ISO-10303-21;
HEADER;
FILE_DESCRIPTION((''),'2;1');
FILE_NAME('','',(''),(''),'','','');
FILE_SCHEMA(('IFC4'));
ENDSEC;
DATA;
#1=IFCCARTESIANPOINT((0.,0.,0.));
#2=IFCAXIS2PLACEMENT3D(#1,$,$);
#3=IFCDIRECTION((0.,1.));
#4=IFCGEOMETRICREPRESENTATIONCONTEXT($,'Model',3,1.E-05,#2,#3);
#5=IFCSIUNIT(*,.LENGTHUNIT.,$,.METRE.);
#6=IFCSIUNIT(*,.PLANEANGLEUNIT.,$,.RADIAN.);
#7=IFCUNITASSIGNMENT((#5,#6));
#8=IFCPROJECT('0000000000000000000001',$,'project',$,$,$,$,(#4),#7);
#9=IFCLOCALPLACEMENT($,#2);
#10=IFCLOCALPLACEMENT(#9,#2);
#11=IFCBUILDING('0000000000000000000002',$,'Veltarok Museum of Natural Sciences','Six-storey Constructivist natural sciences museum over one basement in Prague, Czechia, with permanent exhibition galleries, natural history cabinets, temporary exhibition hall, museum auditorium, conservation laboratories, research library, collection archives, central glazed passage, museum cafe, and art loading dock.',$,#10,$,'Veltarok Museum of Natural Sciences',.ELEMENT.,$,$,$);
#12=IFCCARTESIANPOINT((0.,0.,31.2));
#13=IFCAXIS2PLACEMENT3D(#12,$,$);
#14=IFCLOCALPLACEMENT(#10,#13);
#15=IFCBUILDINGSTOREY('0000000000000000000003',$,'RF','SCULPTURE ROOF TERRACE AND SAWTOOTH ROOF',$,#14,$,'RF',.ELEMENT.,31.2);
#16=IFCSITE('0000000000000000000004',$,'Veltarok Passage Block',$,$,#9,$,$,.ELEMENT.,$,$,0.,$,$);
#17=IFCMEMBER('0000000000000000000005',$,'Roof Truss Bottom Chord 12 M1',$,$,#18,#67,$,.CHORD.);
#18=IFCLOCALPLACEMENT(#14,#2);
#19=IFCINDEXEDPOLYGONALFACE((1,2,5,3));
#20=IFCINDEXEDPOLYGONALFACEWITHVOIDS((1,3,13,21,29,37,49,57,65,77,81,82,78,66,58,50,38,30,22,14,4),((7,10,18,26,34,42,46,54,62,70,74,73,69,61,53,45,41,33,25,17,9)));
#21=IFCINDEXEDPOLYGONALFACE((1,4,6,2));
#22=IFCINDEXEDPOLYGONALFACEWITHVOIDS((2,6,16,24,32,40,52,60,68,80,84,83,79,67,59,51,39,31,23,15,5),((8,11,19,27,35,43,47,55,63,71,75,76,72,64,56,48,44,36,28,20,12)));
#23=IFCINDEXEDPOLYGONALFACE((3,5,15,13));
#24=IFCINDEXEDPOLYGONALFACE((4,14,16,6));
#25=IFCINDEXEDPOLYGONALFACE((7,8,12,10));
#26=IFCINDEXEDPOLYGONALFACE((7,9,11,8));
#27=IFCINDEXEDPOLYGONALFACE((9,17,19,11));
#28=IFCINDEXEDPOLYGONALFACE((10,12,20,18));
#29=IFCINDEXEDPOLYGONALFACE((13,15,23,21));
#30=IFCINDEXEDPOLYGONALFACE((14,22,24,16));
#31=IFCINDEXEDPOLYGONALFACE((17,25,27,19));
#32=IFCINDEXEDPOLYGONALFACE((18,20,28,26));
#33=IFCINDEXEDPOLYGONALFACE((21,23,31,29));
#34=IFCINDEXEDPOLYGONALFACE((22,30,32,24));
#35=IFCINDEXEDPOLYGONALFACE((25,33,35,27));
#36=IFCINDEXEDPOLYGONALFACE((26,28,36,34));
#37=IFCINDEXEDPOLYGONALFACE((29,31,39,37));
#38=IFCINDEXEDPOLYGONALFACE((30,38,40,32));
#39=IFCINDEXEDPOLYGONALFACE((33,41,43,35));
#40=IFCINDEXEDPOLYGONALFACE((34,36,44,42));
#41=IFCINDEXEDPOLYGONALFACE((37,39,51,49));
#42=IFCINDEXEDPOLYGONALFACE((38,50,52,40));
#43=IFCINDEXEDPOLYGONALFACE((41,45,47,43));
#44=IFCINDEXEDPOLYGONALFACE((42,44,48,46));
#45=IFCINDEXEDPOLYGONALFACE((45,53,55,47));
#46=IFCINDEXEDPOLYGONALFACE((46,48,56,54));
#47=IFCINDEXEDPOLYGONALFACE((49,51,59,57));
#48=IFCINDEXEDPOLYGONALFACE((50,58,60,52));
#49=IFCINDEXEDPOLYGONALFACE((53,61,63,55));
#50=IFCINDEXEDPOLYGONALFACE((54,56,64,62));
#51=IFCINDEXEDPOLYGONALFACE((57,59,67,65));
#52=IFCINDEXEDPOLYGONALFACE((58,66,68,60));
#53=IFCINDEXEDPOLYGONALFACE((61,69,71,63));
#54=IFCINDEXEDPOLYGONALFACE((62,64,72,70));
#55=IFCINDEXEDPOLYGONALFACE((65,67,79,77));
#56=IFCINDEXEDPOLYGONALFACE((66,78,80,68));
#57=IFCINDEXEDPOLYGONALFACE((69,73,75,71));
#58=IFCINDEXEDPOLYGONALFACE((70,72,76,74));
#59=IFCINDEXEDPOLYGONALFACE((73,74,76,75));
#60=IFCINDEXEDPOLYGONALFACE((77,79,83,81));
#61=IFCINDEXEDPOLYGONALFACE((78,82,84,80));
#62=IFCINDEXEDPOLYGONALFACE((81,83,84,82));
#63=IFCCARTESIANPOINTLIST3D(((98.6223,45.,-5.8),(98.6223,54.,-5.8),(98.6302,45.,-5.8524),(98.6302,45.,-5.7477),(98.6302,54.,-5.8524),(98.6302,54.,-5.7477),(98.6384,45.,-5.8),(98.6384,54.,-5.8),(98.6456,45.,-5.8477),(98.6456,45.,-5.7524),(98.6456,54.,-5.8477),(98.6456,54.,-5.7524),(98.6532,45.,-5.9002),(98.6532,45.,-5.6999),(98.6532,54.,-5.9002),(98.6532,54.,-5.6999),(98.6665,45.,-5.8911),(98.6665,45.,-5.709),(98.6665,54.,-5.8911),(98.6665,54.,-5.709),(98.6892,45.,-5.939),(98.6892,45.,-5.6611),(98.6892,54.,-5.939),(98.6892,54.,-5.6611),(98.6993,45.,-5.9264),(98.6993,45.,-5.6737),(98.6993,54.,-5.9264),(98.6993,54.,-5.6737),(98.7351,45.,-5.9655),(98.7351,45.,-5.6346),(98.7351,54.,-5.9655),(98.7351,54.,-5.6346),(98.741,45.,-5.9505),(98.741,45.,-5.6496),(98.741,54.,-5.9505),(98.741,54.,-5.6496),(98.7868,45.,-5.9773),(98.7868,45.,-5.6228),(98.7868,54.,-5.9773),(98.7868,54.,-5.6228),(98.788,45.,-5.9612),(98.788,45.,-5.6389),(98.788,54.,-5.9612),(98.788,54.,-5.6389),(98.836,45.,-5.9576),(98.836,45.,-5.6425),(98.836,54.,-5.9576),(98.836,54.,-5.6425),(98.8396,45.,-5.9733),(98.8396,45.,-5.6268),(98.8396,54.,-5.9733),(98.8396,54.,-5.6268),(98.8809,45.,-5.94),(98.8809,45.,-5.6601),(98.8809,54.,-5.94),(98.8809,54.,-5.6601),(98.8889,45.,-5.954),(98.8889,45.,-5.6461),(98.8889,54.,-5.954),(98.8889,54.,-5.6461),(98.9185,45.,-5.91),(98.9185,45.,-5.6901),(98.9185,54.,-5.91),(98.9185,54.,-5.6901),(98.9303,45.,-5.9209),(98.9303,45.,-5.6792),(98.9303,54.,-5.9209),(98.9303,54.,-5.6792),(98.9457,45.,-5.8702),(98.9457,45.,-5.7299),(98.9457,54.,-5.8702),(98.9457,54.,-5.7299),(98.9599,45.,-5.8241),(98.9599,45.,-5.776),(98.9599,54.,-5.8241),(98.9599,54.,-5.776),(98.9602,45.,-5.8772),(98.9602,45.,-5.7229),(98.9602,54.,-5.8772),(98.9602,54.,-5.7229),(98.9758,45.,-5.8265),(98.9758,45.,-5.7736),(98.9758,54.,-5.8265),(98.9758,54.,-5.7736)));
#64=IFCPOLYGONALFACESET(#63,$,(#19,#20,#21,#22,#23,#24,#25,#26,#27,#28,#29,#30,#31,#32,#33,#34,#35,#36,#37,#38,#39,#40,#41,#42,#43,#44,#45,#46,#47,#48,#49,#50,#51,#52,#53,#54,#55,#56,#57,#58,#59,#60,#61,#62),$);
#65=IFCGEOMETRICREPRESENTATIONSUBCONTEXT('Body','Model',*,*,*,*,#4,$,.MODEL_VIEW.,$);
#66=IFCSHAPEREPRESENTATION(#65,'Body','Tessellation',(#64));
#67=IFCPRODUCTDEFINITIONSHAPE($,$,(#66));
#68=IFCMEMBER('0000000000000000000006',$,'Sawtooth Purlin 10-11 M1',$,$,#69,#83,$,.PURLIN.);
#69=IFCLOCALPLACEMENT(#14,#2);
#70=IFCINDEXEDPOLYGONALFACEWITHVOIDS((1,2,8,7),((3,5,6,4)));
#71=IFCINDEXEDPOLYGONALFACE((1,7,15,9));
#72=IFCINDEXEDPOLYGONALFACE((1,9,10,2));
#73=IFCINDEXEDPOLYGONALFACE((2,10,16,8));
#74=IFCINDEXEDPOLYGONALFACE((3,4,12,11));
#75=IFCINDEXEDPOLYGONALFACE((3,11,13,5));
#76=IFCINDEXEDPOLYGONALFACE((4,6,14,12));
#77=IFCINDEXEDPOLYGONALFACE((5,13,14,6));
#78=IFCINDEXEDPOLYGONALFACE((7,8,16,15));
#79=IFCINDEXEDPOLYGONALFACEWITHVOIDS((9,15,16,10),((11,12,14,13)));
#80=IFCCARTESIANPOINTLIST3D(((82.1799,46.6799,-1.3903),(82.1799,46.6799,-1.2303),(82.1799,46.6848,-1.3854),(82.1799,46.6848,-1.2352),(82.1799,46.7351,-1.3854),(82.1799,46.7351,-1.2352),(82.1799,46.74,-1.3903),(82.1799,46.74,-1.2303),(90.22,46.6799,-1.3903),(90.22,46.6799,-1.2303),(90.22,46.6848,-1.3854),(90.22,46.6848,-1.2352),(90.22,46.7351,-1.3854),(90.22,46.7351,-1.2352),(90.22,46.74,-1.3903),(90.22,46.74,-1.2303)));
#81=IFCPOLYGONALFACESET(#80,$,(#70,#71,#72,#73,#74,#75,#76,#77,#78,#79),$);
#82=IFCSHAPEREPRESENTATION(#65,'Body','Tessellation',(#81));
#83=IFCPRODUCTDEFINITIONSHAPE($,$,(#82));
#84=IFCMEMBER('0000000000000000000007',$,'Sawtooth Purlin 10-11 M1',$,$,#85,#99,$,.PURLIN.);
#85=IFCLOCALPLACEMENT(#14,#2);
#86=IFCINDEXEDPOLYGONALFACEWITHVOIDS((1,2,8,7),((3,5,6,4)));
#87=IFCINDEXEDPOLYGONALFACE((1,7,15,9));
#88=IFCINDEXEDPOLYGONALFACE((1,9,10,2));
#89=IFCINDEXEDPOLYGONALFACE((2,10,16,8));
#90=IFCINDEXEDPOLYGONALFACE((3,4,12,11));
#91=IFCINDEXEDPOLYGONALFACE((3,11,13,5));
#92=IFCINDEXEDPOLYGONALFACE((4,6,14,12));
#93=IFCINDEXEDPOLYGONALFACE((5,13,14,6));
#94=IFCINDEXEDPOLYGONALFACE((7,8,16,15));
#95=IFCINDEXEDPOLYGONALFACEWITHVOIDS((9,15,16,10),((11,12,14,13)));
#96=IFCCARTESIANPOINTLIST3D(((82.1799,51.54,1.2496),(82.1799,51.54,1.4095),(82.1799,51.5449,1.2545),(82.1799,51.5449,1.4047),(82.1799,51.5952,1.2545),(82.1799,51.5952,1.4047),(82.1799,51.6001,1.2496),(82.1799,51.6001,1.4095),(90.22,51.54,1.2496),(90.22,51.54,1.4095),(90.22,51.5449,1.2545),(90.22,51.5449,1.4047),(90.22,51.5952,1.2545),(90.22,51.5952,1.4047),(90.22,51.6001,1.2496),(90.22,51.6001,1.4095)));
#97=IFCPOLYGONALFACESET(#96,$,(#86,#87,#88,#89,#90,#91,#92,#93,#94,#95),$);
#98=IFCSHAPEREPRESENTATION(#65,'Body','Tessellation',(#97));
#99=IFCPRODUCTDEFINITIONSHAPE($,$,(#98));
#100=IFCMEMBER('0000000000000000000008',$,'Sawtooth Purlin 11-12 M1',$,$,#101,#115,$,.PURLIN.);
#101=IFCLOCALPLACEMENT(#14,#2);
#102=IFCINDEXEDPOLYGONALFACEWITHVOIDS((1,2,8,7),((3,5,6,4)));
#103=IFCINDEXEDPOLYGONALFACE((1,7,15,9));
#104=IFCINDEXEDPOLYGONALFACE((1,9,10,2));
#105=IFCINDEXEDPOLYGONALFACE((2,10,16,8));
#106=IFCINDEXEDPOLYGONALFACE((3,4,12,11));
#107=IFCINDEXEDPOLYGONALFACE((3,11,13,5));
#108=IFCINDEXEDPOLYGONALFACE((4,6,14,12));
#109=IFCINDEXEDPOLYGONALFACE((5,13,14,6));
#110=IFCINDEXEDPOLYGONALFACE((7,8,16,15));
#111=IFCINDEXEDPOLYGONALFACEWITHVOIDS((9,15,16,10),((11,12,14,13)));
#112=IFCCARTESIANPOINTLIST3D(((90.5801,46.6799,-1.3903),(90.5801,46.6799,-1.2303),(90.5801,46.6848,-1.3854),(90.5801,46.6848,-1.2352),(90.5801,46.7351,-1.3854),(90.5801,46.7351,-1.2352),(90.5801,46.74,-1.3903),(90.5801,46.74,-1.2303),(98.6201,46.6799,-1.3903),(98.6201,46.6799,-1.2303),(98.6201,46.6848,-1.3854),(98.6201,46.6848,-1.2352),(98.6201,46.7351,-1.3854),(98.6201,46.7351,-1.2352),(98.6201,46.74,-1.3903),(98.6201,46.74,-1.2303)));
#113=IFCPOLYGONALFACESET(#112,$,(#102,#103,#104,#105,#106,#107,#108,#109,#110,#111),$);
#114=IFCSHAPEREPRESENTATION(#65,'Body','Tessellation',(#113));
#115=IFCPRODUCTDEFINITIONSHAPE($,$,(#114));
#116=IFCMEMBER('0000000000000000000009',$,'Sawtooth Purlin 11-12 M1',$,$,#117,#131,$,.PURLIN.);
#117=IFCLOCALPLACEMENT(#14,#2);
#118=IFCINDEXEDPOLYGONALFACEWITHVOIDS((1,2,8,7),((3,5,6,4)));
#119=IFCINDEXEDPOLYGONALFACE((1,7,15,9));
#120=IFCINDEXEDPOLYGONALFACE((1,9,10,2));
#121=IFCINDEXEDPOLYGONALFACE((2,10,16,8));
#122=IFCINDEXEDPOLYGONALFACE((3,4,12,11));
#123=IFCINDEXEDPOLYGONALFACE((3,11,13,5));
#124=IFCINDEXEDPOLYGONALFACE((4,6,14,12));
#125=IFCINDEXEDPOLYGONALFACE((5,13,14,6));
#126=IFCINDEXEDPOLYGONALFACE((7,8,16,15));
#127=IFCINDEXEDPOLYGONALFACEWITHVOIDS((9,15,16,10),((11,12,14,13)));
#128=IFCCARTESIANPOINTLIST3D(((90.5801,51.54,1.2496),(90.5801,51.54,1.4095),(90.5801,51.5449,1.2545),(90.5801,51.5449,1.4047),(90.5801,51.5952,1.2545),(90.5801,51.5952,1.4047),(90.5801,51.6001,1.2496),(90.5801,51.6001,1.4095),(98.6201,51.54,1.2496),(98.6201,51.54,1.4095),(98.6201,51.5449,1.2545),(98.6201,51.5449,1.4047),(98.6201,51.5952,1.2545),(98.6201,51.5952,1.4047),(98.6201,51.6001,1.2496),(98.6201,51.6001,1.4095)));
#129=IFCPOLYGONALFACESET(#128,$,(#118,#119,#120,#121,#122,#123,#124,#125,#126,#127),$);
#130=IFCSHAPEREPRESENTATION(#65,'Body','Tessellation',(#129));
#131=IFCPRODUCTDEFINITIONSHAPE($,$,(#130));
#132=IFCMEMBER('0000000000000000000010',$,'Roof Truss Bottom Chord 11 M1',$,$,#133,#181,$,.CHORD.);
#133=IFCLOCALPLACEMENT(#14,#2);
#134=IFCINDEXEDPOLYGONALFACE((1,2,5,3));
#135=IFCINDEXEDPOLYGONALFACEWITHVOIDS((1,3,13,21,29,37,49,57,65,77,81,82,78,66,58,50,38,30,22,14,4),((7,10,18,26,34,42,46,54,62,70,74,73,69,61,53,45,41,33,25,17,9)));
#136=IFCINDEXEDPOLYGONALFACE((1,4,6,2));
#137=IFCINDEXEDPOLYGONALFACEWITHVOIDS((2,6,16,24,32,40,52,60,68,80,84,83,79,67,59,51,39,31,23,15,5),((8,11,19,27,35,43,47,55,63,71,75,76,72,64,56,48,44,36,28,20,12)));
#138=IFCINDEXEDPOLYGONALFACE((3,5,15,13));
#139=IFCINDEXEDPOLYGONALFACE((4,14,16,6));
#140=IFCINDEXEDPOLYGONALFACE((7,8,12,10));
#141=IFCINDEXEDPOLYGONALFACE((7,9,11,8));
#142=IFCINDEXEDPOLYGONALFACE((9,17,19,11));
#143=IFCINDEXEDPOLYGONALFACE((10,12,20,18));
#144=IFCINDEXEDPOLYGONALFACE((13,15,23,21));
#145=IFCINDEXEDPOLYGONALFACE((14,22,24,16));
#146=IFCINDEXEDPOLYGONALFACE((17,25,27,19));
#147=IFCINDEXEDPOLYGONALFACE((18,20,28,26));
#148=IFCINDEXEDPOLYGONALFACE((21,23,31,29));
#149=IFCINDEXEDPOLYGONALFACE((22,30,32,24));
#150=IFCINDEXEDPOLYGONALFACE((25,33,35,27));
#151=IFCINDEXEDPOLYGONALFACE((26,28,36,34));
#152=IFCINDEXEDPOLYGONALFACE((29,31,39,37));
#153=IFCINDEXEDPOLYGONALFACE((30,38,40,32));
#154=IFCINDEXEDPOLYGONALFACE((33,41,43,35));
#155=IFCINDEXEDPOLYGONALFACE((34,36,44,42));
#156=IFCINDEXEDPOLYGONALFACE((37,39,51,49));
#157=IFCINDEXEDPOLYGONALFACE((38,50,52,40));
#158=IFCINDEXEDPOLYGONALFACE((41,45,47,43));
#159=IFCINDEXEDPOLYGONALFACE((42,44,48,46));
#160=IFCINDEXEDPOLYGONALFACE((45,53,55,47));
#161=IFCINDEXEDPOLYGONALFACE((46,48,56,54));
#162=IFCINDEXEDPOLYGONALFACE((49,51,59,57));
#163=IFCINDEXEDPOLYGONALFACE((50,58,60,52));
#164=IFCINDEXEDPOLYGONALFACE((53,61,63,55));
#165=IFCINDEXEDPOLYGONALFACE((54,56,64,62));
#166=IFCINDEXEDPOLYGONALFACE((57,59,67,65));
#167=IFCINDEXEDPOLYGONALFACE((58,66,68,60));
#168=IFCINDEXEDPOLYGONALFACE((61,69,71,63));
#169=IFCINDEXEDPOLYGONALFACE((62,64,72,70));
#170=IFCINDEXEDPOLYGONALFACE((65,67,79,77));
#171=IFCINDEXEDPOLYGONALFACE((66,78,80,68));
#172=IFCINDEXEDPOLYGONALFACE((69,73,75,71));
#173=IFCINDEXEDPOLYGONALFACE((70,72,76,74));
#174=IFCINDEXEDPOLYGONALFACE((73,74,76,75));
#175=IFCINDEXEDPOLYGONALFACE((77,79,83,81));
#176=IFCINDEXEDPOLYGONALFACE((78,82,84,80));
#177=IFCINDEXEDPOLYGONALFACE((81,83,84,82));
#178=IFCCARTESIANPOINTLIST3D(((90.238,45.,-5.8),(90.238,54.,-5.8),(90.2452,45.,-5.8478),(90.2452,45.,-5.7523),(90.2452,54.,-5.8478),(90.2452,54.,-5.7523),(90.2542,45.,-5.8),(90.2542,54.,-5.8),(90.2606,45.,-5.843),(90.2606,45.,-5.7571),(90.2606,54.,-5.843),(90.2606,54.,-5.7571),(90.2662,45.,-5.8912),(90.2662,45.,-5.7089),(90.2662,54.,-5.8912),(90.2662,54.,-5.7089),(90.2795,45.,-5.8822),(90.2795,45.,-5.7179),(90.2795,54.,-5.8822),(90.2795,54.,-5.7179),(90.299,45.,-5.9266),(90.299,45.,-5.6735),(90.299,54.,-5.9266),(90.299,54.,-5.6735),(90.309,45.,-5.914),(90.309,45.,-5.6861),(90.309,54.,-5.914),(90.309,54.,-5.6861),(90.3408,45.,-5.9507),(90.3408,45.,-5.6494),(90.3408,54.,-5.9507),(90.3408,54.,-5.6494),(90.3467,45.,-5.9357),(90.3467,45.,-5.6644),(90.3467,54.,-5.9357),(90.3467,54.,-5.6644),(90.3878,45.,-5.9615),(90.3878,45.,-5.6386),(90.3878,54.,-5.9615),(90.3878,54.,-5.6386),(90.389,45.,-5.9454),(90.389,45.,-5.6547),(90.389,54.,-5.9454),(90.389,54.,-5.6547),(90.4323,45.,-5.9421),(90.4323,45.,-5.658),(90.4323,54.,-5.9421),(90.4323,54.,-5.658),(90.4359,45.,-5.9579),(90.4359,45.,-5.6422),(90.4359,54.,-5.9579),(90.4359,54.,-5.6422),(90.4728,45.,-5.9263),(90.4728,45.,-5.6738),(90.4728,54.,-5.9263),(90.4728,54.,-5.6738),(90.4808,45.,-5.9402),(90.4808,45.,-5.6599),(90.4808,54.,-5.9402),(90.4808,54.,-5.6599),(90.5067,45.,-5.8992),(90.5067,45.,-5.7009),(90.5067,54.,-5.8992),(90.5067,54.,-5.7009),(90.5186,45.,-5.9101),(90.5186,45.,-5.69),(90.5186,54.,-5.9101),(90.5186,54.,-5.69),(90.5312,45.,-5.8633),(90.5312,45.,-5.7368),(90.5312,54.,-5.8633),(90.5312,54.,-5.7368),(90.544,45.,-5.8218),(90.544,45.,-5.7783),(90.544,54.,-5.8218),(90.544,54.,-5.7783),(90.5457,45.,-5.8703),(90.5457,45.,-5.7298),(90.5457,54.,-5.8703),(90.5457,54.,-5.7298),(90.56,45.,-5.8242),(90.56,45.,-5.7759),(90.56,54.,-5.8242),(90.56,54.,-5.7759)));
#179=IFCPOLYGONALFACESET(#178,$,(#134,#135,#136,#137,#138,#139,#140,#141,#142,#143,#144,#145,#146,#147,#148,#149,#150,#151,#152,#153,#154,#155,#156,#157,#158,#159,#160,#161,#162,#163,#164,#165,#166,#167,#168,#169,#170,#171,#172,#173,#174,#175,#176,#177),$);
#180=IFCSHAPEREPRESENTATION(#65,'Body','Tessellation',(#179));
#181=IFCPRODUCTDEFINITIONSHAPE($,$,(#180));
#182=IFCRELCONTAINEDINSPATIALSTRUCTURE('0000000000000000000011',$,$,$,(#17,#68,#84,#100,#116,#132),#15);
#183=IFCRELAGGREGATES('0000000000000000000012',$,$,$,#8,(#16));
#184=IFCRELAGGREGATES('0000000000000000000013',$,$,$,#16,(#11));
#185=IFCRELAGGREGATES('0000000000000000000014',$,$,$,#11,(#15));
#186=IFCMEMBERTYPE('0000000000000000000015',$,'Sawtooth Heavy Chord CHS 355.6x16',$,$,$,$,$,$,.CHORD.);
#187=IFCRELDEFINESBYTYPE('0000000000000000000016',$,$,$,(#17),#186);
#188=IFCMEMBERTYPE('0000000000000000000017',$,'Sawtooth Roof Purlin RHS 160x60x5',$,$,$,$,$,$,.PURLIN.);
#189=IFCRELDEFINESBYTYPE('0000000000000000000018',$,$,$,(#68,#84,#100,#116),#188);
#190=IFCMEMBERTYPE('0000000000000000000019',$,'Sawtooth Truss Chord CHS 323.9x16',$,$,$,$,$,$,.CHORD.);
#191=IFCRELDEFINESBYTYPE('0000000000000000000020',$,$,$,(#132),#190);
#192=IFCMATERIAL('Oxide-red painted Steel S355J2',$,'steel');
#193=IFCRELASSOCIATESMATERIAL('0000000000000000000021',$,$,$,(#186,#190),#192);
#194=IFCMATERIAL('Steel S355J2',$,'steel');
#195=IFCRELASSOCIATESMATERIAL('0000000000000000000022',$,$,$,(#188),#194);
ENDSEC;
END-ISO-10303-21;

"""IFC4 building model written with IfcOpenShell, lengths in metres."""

from ifc_helpers import new_model, si_unit, direction, frame, origin, origin_2d, place, context, subcontext, project, spatial, hollow_rectangle, hollow_circle, extrude, material, material_profile, profile_set, type_object, element, save


model = new_model("IFC4")

# Units and contexts
model_context = context("Model", 3, precision=1e-05, world=origin(), true_north=direction((0.0, 1.0)))
body_context = subcontext(model_context, "Body", "Model", "MODEL_VIEW")
ifc_project = project(units=[si_unit("LENGTHUNIT", "METRE"), si_unit("PLANEANGLEUNIT", "RADIAN")], contexts=[model_context])

# Site, building, storey
site_placement = place(None, origin())
site = spatial("IfcSite", under=ifc_project, at=site_placement, Name="Veltarok Passage Block", CompositionType="ELEMENT", RefElevation=0.0)
building_placement = place(site_placement, origin())
building = spatial("IfcBuilding", under=site, at=building_placement, Name="Veltarok Museum of Natural Sciences", Description="Six-storey Constructivist natural sciences museum over one basement in Prague, Czechia, with permanent exhibition galleries, natural history cabinets, temporary exhibition hall, museum auditorium, conservation laboratories, research library, collection archives, central glazed passage, museum cafe, and art loading dock.", LongName="Veltarok Museum of Natural Sciences", CompositionType="ELEMENT")
storey_placement = place(building_placement, frame((0.0, 0.0, 31.2)))
storey = spatial("IfcBuildingStorey", under=building, at=storey_placement, Name="RF", Description="SCULPTURE ROOF TERRACE AND SAWTOOTH ROOF", LongName="RF", CompositionType="ELEMENT", Elevation=31.2)

# Members
ifc_material_1 = material(Name="Steel S355J2", Category="steel")
ifc_material_2 = material(Name="Oxide-red painted Steel S355J2", Category="steel")
ifc_material_profile_1 = material_profile(ifc_material_2, hollow_circle(Radius=0.1777, WallThickness=0.0161, at=origin_2d()), Name="CHS 355.6x16")
ifc_profile_set_1 = profile_set([ifc_material_profile_1], Name="Oxide-red painted Steel S355J2")
member_type_1 = type_object("IfcMemberType", Name="Sawtooth Heavy Chord CHS 355.6x16", PredefinedType="CHORD", material=ifc_profile_set_1)
member_1_placement = place(storey_placement, frame((98.8, 45.0, -5.8), z_axis=(0.0, 1.0, 0.0), x_axis=(-1.0, 0.0, 0.0)))
element("IfcMember", 1, at=member_1_placement, inside=storey, type_object=member_type_1, Name="Roof Truss Bottom Chord 12 M1", PredefinedType="CHORD", context=body_context, shape_type="SweptSolid", body=[
    extrude(hollow_circle(Radius=0.1777, WallThickness=0.0161, at=origin_2d()), origin(), (0.0, 0.0, 1.0), 9.0),
])
ifc_material_profile_2 = material_profile(ifc_material_1, hollow_rectangle(XDim=0.0601, YDim=0.1599, WallThickness=0.0049, at=origin_2d()), Name="RHS 160x60x5")
ifc_profile_set_2 = profile_set([ifc_material_profile_2], Name="Steel S355J2")
member_type_2 = type_object("IfcMemberType", Name="Sawtooth Roof Purlin RHS 160x60x5", PredefinedType="PURLIN", material=ifc_profile_set_2)
for number, where, z_axis, x_axis, name in (
    (2, (82.1799, 46.71, -1.3103), (1.0, 0.0, 0.0), (0.0, 1.0, 0.0), "Sawtooth Purlin 10-11 M1"),
    (3, (82.1799, 51.5701, 1.3296), (1.0, 0.0, 0.0), (0.0, 1.0, 0.0), "Sawtooth Purlin 10-11 M1"),
    (4, (90.5801, 46.71, -1.3103), (1.0, 0.0, 0.0), (0.0, 1.0, 0.0), "Sawtooth Purlin 11-12 M1"),
    (5, (90.5801, 51.5701, 1.3296), (1.0, 0.0, 0.0), (0.0, 1.0, 0.0), "Sawtooth Purlin 11-12 M1"),
):
    element("IfcMember", number, at=place(storey_placement, frame(where, z_axis=z_axis, x_axis=x_axis)), inside=storey, type_object=member_type_2, Name=name, PredefinedType="PURLIN", context=body_context, shape_type="SweptSolid", body=[
        extrude(hollow_rectangle(XDim=0.0601, YDim=0.1599, WallThickness=0.0049, at=origin_2d()), origin(), (0.0, 0.0, 1.0), 8.04),
    ])
ifc_material_profile_3 = material_profile(ifc_material_2, hollow_circle(Radius=0.1619, WallThickness=0.0161, at=origin_2d()), Name="CHS 323.9x16")
ifc_profile_set_3 = profile_set([ifc_material_profile_3], Name="Oxide-red painted Steel S355J2")
member_type_3 = type_object("IfcMemberType", Name="Sawtooth Truss Chord CHS 323.9x16", PredefinedType="CHORD", material=ifc_profile_set_3)
member_2_placement = place(storey_placement, frame((90.3999, 45.0, -5.8), z_axis=(0.0, 1.0, 0.0), x_axis=(-1.0, 0.0, 0.0)))
element("IfcMember", 6, at=member_2_placement, inside=storey, type_object=member_type_3, Name="Roof Truss Bottom Chord 11 M1", PredefinedType="CHORD", context=body_context, shape_type="SweptSolid", body=[
    extrude(hollow_circle(Radius=0.1619, WallThickness=0.0161, at=origin_2d()), origin(), (0.0, 0.0, 1.0), 9.0),
])

save(model, "model.ifc")
